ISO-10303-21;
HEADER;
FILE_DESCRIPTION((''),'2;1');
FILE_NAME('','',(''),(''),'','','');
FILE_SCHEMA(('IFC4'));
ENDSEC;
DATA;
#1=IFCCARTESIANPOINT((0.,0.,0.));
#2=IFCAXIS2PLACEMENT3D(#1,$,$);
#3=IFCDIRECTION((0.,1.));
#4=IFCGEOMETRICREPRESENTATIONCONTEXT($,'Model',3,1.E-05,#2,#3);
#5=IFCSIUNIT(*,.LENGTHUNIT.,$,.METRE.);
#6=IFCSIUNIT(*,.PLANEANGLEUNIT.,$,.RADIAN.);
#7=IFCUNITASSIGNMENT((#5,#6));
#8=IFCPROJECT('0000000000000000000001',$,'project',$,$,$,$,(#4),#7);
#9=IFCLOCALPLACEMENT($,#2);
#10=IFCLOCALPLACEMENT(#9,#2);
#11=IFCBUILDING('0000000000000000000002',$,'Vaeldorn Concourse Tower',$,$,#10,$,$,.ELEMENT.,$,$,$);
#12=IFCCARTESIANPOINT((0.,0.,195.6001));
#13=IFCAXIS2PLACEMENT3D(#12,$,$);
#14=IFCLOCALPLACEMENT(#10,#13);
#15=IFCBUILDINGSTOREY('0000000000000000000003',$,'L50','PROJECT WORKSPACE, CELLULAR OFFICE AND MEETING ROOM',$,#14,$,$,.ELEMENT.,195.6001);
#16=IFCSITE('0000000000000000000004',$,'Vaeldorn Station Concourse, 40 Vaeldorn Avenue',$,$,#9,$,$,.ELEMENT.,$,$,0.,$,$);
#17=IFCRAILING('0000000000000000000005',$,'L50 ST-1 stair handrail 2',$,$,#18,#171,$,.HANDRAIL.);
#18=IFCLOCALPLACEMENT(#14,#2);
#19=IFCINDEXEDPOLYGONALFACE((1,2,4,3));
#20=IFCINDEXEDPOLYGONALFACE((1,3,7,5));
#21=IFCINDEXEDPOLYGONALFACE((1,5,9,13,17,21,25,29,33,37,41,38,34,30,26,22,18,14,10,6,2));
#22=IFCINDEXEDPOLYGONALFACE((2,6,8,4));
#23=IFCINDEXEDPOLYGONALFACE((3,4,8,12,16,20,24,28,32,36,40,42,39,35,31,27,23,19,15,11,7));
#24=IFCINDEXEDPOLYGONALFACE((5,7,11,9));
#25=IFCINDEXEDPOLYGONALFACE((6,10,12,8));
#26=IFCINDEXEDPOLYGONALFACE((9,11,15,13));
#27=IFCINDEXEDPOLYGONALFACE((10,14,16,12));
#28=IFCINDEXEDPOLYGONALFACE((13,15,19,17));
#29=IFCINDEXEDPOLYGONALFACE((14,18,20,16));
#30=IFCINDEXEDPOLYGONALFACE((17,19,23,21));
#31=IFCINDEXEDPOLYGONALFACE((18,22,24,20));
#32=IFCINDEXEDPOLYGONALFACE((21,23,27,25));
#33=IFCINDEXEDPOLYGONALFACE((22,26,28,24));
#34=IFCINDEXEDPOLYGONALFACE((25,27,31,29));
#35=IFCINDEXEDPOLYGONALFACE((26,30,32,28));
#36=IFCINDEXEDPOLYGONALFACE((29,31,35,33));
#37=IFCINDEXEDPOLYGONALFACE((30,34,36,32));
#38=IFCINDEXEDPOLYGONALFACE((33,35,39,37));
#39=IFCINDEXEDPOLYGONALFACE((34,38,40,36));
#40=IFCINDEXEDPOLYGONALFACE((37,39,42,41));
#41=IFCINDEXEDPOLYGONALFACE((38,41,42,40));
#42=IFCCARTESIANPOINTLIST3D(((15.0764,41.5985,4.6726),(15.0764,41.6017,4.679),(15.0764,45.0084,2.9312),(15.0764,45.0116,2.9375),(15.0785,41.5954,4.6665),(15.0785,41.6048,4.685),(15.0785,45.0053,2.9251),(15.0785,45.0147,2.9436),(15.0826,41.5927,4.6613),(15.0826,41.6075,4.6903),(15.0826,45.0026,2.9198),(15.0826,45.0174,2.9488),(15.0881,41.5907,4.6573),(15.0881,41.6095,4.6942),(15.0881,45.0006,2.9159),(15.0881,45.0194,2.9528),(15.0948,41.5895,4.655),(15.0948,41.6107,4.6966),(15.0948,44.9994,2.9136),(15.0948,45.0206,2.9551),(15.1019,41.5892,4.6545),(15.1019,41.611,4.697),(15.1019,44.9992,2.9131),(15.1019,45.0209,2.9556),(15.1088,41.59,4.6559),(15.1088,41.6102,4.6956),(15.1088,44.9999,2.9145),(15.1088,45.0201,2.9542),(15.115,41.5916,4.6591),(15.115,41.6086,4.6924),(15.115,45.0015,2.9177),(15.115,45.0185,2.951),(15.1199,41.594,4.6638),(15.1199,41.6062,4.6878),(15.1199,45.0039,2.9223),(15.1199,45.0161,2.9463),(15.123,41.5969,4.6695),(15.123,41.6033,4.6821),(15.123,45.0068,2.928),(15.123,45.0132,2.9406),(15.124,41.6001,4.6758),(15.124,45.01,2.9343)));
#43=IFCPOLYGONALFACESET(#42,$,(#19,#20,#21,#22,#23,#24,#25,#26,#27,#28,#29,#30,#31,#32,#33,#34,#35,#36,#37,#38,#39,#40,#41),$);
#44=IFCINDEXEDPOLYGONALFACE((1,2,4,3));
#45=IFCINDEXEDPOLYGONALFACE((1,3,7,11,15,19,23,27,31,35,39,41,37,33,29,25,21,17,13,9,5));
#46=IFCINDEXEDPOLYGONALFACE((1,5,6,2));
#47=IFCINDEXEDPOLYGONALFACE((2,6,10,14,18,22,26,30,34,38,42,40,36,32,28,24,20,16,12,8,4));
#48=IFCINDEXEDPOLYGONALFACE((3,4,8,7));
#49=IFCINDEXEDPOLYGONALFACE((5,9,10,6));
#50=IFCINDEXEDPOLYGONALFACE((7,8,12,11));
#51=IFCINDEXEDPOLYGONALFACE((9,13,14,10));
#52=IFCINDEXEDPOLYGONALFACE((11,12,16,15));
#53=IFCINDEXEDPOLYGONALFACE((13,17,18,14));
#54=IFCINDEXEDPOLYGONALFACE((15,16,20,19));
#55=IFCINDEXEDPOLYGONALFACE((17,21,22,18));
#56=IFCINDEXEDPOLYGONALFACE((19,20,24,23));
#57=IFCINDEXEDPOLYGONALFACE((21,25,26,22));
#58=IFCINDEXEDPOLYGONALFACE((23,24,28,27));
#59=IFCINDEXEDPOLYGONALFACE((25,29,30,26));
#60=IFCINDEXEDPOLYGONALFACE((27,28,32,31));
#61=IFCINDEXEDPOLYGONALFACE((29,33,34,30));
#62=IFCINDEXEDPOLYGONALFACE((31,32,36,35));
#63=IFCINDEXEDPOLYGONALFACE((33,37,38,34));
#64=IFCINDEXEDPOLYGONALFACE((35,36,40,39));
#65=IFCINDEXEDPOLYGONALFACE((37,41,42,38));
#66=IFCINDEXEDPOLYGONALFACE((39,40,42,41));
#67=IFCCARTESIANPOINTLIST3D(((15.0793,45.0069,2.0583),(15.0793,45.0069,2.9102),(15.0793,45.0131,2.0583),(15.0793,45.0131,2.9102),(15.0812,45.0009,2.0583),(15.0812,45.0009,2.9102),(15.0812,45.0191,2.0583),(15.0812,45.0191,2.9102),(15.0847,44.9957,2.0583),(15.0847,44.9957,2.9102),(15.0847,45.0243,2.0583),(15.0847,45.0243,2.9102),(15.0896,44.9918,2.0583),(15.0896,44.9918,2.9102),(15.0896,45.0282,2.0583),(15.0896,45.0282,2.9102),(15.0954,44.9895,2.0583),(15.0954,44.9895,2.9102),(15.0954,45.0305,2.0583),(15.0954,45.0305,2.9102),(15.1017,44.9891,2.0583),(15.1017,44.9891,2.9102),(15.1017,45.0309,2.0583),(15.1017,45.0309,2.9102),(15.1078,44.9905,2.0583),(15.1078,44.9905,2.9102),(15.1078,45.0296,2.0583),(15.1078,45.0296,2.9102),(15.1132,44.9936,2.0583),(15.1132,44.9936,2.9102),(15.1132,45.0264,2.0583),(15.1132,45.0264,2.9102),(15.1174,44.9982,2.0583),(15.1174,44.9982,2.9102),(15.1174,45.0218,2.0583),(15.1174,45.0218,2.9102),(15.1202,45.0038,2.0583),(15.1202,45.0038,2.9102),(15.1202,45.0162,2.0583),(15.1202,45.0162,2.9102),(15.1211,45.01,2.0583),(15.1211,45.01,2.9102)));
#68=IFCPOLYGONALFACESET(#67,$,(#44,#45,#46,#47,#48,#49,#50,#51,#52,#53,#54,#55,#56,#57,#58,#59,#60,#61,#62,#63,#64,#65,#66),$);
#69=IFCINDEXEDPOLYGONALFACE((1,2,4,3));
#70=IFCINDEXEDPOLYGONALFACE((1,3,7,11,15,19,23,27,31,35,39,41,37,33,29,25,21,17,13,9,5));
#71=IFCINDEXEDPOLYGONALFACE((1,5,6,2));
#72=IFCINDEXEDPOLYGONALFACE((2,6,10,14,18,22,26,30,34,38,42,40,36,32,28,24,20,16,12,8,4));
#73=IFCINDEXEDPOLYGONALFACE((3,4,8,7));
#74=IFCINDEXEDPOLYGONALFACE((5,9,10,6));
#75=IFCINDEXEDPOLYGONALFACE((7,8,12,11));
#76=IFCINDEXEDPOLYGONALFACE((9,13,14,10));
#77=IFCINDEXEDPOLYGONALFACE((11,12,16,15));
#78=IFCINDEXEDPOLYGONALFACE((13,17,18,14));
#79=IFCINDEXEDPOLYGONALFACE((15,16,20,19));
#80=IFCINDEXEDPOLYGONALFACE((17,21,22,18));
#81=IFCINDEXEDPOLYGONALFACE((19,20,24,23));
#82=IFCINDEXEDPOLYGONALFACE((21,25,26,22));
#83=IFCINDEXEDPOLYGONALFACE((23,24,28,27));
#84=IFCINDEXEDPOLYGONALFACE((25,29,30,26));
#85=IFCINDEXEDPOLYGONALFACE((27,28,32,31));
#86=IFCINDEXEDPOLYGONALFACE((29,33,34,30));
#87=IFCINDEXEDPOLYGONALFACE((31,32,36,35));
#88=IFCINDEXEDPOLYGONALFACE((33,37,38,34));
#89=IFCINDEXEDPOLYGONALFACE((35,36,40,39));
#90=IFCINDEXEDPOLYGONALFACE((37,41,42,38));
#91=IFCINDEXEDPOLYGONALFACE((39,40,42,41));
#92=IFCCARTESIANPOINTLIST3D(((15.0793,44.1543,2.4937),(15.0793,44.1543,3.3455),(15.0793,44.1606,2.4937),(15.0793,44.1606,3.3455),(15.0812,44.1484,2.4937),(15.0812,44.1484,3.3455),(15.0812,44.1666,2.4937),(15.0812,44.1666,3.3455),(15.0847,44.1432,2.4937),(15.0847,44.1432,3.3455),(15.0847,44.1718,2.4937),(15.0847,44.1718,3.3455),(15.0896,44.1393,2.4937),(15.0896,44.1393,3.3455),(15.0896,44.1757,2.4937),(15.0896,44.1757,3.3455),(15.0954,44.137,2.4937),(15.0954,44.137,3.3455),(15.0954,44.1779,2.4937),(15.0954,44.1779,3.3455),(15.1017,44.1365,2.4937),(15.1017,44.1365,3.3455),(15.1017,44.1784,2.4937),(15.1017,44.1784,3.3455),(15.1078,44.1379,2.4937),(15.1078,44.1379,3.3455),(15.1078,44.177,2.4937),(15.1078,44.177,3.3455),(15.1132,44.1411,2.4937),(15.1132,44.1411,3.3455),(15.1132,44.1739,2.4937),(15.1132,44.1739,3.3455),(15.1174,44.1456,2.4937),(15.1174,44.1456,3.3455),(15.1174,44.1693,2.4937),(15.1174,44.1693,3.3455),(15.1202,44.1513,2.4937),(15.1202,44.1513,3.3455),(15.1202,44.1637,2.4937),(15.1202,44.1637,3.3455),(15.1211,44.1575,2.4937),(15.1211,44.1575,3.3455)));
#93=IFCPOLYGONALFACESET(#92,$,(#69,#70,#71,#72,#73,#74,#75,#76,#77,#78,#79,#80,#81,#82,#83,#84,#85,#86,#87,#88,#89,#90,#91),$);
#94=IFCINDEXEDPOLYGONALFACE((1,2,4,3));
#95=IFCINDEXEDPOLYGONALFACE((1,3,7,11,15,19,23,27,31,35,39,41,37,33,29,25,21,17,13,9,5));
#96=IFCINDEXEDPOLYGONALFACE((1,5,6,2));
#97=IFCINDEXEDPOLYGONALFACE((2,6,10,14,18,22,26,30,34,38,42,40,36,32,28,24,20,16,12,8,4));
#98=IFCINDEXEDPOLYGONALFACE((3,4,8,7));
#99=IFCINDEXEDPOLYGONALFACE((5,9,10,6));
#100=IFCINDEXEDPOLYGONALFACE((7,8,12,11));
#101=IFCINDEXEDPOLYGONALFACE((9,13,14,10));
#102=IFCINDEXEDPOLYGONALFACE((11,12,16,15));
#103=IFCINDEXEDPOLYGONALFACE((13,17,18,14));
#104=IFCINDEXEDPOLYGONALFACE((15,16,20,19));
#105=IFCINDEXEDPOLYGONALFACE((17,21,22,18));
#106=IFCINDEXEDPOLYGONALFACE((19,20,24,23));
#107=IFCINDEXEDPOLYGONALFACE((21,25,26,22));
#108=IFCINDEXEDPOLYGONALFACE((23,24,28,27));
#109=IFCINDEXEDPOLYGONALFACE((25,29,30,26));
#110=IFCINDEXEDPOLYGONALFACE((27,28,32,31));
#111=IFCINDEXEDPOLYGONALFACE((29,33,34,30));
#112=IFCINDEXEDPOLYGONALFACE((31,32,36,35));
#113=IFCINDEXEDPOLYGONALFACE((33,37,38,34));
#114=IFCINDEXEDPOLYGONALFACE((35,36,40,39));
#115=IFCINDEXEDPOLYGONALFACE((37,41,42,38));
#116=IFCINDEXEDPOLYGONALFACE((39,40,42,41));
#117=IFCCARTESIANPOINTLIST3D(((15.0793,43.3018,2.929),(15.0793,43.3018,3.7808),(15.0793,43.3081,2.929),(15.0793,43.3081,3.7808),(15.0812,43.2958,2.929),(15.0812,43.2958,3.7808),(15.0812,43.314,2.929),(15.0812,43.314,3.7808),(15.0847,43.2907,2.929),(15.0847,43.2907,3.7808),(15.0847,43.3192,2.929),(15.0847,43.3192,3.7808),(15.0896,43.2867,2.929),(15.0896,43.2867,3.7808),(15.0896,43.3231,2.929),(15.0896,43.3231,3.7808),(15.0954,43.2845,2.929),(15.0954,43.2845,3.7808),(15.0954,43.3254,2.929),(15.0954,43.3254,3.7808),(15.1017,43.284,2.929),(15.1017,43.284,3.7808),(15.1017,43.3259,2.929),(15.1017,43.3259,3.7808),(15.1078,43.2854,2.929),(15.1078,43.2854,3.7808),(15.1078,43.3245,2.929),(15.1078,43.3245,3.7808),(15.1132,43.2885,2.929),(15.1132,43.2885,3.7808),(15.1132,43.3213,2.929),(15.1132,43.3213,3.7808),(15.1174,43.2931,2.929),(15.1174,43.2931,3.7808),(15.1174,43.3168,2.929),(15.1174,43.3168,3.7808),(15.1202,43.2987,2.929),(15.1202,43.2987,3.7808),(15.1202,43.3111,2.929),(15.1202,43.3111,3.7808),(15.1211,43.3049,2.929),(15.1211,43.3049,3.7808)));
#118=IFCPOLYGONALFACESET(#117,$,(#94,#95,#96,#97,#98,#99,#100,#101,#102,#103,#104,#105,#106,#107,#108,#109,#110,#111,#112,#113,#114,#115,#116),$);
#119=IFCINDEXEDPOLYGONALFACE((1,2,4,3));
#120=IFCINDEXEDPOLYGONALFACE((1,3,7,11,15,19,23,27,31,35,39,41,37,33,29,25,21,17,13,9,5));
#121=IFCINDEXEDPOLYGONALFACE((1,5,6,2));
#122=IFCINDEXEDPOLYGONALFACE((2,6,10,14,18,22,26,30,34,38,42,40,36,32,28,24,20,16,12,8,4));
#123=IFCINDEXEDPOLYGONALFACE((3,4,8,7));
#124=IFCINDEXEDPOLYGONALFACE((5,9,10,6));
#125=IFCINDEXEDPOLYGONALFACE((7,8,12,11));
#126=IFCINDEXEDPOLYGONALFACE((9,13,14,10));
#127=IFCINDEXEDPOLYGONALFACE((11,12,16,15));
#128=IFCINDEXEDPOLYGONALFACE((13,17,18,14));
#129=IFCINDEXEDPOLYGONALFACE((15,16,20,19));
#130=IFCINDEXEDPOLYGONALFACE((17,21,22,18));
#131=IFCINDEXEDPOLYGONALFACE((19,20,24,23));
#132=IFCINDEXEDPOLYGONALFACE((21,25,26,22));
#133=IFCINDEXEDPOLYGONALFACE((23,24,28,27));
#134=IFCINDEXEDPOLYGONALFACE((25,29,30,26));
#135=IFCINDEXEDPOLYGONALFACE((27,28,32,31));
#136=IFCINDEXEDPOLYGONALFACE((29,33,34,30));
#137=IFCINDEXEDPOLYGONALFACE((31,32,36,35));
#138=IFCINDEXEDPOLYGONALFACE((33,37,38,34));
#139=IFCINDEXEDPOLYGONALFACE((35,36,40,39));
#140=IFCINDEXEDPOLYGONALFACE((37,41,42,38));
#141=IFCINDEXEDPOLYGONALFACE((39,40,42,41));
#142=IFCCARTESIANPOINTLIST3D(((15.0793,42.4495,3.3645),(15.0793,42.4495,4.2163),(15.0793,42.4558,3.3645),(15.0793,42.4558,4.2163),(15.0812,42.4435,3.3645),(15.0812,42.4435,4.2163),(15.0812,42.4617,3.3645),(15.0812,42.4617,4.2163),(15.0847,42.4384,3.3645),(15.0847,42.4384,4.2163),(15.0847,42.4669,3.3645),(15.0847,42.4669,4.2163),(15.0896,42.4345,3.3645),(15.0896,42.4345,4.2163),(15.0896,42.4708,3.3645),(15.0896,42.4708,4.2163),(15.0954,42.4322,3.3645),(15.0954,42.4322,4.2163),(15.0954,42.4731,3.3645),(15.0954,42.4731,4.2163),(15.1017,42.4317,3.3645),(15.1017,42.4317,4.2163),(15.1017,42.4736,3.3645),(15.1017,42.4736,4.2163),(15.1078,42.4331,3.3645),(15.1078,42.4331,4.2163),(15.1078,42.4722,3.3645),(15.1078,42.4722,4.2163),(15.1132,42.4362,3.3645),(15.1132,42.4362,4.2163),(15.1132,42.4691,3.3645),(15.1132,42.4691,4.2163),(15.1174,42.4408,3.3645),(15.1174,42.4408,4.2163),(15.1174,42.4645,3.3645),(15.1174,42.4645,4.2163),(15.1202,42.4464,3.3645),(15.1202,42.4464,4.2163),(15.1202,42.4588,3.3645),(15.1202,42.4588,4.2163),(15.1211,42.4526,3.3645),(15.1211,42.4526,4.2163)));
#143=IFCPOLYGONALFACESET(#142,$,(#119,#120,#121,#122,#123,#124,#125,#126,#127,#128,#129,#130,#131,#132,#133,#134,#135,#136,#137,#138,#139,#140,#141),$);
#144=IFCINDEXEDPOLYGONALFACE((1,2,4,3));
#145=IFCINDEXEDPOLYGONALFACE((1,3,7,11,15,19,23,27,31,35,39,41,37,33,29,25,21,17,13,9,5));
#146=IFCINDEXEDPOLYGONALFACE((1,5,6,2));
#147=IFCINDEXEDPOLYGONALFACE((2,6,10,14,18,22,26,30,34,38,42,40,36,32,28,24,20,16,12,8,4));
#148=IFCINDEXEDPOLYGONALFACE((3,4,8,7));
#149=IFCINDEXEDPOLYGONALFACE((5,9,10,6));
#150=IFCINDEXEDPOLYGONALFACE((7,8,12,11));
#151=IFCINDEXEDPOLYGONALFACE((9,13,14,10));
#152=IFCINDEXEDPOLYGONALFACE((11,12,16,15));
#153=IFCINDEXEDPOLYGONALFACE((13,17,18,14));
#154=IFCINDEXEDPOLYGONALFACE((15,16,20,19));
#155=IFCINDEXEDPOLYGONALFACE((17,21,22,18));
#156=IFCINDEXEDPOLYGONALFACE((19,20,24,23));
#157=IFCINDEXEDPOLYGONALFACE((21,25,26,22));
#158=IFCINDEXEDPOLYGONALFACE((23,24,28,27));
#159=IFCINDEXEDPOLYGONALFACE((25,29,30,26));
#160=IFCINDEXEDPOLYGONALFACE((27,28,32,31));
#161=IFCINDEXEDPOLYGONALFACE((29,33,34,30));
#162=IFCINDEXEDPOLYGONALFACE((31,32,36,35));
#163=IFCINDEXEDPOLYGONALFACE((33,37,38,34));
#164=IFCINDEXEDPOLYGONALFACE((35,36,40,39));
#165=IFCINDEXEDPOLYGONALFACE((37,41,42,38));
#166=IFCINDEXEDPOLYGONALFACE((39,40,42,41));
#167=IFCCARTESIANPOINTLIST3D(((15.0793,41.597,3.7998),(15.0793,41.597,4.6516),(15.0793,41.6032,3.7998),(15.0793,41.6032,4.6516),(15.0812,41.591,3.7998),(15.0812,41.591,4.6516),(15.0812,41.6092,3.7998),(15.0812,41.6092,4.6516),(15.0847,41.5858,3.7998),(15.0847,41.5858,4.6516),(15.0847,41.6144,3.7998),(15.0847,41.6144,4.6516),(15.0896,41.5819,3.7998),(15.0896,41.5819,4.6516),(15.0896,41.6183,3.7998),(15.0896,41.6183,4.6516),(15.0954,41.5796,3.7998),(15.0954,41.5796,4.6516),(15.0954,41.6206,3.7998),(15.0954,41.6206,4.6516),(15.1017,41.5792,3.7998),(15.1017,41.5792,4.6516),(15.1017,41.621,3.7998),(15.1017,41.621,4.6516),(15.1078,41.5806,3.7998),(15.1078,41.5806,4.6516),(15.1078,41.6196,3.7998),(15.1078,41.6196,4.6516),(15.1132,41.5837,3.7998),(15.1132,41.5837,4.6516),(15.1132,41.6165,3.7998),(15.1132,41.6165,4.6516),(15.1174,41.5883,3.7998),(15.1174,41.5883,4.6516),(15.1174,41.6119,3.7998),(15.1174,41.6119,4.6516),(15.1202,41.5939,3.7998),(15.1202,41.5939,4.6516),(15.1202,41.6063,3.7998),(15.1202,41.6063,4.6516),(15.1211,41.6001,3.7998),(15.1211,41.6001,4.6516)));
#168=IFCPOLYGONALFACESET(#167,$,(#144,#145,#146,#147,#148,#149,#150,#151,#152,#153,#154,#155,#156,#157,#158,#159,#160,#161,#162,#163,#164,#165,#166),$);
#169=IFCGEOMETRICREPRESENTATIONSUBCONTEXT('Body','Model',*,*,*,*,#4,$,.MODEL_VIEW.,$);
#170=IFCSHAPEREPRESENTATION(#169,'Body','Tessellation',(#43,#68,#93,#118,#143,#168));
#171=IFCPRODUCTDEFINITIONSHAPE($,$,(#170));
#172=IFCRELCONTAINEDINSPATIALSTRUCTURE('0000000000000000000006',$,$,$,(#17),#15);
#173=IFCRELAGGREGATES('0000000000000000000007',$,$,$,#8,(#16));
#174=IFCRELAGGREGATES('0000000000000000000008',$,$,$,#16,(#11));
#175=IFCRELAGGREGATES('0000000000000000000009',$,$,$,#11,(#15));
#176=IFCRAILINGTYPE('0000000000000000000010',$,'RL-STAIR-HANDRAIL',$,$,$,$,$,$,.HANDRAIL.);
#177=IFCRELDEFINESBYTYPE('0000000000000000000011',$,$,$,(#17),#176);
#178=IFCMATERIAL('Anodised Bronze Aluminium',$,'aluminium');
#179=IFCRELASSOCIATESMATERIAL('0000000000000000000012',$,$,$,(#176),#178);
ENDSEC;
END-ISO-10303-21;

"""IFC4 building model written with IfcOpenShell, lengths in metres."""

from ifc_helpers import new_model, si_unit, direction, frame, origin, origin_2d, place, context, subcontext, project, spatial, circle, extrude, material, type_object, element, save


model = new_model("IFC4")

# Units and contexts
model_context = context("Model", 3, precision=1e-05, world=origin(), true_north=direction((0.0, 1.0)))
body_context = subcontext(model_context, "Body", "Model", "MODEL_VIEW")
ifc_project = project(units=[si_unit("LENGTHUNIT", "METRE"), si_unit("PLANEANGLEUNIT", "RADIAN")], contexts=[model_context])

# Site, building, storey
site_placement = place(None, origin())
site = spatial("IfcSite", under=ifc_project, at=site_placement, Name="Vaeldorn Station Concourse, 40 Vaeldorn Avenue", CompositionType="ELEMENT", RefElevation=0.0)
building_placement = place(site_placement, origin())
building = spatial("IfcBuilding", under=site, at=building_placement, Name="Vaeldorn Concourse Tower", CompositionType="ELEMENT")
storey_placement = place(building_placement, frame((0.0, 0.0, 195.6001)))
storey = spatial("IfcBuildingStorey", under=building, at=storey_placement, Name="L50", Description="PROJECT WORKSPACE, CELLULAR OFFICE AND MEETING ROOM", CompositionType="ELEMENT", Elevation=195.6001)

# Shared definitions
ifc_material_1 = material(Name="Anodised Bronze Aluminium", Category="aluminium")

# Railing
railing_type_1 = type_object("IfcRailingType", Name="RL-STAIR-HANDRAIL", PredefinedType="HANDRAIL", material=ifc_material_1)
railing_1_placement = place(storey_placement, frame((15.1001, 45.01, 2.0583)))
element("IfcRailing", 1, at=railing_1_placement, inside=storey, type_object=railing_type_1, Name="L50 ST-1 stair handrail 2", PredefinedType="HANDRAIL", context=body_context, shape_type="SweptSolid", body=[
    extrude(circle(Radius=0.0239, at=origin_2d()), frame((0.0, 0.0, 0.876), z_axis=(0.0, -0.890582, 0.454823), x_axis=(1.0, 0.0, 0.0)), (0.0, 0.0, 1.0), 3.8289),
    extrude(circle(Radius=0.021, at=origin_2d()), origin(), (0.0, 0.0, 1.0), 0.8518),
    extrude(circle(Radius=0.021, at=origin_2d()), frame((0.0, -0.8525, 0.4353)), (0.0, 0.0, 1.0), 0.8518),
    extrude(circle(Radius=0.021, at=origin_2d()), frame((0.0, -1.7051, 0.8706)), (0.0, 0.0, 1.0), 0.8518),
    extrude(circle(Radius=0.021, at=origin_2d()), frame((0.0, -2.5574, 1.3062)), (0.0, 0.0, 1.0), 0.8518),
    extrude(circle(Radius=0.021, at=origin_2d()), frame((0.0, -3.4099, 1.7415)), (0.0, 0.0, 1.0), 0.8518),
])

save(model, "model.ifc")
